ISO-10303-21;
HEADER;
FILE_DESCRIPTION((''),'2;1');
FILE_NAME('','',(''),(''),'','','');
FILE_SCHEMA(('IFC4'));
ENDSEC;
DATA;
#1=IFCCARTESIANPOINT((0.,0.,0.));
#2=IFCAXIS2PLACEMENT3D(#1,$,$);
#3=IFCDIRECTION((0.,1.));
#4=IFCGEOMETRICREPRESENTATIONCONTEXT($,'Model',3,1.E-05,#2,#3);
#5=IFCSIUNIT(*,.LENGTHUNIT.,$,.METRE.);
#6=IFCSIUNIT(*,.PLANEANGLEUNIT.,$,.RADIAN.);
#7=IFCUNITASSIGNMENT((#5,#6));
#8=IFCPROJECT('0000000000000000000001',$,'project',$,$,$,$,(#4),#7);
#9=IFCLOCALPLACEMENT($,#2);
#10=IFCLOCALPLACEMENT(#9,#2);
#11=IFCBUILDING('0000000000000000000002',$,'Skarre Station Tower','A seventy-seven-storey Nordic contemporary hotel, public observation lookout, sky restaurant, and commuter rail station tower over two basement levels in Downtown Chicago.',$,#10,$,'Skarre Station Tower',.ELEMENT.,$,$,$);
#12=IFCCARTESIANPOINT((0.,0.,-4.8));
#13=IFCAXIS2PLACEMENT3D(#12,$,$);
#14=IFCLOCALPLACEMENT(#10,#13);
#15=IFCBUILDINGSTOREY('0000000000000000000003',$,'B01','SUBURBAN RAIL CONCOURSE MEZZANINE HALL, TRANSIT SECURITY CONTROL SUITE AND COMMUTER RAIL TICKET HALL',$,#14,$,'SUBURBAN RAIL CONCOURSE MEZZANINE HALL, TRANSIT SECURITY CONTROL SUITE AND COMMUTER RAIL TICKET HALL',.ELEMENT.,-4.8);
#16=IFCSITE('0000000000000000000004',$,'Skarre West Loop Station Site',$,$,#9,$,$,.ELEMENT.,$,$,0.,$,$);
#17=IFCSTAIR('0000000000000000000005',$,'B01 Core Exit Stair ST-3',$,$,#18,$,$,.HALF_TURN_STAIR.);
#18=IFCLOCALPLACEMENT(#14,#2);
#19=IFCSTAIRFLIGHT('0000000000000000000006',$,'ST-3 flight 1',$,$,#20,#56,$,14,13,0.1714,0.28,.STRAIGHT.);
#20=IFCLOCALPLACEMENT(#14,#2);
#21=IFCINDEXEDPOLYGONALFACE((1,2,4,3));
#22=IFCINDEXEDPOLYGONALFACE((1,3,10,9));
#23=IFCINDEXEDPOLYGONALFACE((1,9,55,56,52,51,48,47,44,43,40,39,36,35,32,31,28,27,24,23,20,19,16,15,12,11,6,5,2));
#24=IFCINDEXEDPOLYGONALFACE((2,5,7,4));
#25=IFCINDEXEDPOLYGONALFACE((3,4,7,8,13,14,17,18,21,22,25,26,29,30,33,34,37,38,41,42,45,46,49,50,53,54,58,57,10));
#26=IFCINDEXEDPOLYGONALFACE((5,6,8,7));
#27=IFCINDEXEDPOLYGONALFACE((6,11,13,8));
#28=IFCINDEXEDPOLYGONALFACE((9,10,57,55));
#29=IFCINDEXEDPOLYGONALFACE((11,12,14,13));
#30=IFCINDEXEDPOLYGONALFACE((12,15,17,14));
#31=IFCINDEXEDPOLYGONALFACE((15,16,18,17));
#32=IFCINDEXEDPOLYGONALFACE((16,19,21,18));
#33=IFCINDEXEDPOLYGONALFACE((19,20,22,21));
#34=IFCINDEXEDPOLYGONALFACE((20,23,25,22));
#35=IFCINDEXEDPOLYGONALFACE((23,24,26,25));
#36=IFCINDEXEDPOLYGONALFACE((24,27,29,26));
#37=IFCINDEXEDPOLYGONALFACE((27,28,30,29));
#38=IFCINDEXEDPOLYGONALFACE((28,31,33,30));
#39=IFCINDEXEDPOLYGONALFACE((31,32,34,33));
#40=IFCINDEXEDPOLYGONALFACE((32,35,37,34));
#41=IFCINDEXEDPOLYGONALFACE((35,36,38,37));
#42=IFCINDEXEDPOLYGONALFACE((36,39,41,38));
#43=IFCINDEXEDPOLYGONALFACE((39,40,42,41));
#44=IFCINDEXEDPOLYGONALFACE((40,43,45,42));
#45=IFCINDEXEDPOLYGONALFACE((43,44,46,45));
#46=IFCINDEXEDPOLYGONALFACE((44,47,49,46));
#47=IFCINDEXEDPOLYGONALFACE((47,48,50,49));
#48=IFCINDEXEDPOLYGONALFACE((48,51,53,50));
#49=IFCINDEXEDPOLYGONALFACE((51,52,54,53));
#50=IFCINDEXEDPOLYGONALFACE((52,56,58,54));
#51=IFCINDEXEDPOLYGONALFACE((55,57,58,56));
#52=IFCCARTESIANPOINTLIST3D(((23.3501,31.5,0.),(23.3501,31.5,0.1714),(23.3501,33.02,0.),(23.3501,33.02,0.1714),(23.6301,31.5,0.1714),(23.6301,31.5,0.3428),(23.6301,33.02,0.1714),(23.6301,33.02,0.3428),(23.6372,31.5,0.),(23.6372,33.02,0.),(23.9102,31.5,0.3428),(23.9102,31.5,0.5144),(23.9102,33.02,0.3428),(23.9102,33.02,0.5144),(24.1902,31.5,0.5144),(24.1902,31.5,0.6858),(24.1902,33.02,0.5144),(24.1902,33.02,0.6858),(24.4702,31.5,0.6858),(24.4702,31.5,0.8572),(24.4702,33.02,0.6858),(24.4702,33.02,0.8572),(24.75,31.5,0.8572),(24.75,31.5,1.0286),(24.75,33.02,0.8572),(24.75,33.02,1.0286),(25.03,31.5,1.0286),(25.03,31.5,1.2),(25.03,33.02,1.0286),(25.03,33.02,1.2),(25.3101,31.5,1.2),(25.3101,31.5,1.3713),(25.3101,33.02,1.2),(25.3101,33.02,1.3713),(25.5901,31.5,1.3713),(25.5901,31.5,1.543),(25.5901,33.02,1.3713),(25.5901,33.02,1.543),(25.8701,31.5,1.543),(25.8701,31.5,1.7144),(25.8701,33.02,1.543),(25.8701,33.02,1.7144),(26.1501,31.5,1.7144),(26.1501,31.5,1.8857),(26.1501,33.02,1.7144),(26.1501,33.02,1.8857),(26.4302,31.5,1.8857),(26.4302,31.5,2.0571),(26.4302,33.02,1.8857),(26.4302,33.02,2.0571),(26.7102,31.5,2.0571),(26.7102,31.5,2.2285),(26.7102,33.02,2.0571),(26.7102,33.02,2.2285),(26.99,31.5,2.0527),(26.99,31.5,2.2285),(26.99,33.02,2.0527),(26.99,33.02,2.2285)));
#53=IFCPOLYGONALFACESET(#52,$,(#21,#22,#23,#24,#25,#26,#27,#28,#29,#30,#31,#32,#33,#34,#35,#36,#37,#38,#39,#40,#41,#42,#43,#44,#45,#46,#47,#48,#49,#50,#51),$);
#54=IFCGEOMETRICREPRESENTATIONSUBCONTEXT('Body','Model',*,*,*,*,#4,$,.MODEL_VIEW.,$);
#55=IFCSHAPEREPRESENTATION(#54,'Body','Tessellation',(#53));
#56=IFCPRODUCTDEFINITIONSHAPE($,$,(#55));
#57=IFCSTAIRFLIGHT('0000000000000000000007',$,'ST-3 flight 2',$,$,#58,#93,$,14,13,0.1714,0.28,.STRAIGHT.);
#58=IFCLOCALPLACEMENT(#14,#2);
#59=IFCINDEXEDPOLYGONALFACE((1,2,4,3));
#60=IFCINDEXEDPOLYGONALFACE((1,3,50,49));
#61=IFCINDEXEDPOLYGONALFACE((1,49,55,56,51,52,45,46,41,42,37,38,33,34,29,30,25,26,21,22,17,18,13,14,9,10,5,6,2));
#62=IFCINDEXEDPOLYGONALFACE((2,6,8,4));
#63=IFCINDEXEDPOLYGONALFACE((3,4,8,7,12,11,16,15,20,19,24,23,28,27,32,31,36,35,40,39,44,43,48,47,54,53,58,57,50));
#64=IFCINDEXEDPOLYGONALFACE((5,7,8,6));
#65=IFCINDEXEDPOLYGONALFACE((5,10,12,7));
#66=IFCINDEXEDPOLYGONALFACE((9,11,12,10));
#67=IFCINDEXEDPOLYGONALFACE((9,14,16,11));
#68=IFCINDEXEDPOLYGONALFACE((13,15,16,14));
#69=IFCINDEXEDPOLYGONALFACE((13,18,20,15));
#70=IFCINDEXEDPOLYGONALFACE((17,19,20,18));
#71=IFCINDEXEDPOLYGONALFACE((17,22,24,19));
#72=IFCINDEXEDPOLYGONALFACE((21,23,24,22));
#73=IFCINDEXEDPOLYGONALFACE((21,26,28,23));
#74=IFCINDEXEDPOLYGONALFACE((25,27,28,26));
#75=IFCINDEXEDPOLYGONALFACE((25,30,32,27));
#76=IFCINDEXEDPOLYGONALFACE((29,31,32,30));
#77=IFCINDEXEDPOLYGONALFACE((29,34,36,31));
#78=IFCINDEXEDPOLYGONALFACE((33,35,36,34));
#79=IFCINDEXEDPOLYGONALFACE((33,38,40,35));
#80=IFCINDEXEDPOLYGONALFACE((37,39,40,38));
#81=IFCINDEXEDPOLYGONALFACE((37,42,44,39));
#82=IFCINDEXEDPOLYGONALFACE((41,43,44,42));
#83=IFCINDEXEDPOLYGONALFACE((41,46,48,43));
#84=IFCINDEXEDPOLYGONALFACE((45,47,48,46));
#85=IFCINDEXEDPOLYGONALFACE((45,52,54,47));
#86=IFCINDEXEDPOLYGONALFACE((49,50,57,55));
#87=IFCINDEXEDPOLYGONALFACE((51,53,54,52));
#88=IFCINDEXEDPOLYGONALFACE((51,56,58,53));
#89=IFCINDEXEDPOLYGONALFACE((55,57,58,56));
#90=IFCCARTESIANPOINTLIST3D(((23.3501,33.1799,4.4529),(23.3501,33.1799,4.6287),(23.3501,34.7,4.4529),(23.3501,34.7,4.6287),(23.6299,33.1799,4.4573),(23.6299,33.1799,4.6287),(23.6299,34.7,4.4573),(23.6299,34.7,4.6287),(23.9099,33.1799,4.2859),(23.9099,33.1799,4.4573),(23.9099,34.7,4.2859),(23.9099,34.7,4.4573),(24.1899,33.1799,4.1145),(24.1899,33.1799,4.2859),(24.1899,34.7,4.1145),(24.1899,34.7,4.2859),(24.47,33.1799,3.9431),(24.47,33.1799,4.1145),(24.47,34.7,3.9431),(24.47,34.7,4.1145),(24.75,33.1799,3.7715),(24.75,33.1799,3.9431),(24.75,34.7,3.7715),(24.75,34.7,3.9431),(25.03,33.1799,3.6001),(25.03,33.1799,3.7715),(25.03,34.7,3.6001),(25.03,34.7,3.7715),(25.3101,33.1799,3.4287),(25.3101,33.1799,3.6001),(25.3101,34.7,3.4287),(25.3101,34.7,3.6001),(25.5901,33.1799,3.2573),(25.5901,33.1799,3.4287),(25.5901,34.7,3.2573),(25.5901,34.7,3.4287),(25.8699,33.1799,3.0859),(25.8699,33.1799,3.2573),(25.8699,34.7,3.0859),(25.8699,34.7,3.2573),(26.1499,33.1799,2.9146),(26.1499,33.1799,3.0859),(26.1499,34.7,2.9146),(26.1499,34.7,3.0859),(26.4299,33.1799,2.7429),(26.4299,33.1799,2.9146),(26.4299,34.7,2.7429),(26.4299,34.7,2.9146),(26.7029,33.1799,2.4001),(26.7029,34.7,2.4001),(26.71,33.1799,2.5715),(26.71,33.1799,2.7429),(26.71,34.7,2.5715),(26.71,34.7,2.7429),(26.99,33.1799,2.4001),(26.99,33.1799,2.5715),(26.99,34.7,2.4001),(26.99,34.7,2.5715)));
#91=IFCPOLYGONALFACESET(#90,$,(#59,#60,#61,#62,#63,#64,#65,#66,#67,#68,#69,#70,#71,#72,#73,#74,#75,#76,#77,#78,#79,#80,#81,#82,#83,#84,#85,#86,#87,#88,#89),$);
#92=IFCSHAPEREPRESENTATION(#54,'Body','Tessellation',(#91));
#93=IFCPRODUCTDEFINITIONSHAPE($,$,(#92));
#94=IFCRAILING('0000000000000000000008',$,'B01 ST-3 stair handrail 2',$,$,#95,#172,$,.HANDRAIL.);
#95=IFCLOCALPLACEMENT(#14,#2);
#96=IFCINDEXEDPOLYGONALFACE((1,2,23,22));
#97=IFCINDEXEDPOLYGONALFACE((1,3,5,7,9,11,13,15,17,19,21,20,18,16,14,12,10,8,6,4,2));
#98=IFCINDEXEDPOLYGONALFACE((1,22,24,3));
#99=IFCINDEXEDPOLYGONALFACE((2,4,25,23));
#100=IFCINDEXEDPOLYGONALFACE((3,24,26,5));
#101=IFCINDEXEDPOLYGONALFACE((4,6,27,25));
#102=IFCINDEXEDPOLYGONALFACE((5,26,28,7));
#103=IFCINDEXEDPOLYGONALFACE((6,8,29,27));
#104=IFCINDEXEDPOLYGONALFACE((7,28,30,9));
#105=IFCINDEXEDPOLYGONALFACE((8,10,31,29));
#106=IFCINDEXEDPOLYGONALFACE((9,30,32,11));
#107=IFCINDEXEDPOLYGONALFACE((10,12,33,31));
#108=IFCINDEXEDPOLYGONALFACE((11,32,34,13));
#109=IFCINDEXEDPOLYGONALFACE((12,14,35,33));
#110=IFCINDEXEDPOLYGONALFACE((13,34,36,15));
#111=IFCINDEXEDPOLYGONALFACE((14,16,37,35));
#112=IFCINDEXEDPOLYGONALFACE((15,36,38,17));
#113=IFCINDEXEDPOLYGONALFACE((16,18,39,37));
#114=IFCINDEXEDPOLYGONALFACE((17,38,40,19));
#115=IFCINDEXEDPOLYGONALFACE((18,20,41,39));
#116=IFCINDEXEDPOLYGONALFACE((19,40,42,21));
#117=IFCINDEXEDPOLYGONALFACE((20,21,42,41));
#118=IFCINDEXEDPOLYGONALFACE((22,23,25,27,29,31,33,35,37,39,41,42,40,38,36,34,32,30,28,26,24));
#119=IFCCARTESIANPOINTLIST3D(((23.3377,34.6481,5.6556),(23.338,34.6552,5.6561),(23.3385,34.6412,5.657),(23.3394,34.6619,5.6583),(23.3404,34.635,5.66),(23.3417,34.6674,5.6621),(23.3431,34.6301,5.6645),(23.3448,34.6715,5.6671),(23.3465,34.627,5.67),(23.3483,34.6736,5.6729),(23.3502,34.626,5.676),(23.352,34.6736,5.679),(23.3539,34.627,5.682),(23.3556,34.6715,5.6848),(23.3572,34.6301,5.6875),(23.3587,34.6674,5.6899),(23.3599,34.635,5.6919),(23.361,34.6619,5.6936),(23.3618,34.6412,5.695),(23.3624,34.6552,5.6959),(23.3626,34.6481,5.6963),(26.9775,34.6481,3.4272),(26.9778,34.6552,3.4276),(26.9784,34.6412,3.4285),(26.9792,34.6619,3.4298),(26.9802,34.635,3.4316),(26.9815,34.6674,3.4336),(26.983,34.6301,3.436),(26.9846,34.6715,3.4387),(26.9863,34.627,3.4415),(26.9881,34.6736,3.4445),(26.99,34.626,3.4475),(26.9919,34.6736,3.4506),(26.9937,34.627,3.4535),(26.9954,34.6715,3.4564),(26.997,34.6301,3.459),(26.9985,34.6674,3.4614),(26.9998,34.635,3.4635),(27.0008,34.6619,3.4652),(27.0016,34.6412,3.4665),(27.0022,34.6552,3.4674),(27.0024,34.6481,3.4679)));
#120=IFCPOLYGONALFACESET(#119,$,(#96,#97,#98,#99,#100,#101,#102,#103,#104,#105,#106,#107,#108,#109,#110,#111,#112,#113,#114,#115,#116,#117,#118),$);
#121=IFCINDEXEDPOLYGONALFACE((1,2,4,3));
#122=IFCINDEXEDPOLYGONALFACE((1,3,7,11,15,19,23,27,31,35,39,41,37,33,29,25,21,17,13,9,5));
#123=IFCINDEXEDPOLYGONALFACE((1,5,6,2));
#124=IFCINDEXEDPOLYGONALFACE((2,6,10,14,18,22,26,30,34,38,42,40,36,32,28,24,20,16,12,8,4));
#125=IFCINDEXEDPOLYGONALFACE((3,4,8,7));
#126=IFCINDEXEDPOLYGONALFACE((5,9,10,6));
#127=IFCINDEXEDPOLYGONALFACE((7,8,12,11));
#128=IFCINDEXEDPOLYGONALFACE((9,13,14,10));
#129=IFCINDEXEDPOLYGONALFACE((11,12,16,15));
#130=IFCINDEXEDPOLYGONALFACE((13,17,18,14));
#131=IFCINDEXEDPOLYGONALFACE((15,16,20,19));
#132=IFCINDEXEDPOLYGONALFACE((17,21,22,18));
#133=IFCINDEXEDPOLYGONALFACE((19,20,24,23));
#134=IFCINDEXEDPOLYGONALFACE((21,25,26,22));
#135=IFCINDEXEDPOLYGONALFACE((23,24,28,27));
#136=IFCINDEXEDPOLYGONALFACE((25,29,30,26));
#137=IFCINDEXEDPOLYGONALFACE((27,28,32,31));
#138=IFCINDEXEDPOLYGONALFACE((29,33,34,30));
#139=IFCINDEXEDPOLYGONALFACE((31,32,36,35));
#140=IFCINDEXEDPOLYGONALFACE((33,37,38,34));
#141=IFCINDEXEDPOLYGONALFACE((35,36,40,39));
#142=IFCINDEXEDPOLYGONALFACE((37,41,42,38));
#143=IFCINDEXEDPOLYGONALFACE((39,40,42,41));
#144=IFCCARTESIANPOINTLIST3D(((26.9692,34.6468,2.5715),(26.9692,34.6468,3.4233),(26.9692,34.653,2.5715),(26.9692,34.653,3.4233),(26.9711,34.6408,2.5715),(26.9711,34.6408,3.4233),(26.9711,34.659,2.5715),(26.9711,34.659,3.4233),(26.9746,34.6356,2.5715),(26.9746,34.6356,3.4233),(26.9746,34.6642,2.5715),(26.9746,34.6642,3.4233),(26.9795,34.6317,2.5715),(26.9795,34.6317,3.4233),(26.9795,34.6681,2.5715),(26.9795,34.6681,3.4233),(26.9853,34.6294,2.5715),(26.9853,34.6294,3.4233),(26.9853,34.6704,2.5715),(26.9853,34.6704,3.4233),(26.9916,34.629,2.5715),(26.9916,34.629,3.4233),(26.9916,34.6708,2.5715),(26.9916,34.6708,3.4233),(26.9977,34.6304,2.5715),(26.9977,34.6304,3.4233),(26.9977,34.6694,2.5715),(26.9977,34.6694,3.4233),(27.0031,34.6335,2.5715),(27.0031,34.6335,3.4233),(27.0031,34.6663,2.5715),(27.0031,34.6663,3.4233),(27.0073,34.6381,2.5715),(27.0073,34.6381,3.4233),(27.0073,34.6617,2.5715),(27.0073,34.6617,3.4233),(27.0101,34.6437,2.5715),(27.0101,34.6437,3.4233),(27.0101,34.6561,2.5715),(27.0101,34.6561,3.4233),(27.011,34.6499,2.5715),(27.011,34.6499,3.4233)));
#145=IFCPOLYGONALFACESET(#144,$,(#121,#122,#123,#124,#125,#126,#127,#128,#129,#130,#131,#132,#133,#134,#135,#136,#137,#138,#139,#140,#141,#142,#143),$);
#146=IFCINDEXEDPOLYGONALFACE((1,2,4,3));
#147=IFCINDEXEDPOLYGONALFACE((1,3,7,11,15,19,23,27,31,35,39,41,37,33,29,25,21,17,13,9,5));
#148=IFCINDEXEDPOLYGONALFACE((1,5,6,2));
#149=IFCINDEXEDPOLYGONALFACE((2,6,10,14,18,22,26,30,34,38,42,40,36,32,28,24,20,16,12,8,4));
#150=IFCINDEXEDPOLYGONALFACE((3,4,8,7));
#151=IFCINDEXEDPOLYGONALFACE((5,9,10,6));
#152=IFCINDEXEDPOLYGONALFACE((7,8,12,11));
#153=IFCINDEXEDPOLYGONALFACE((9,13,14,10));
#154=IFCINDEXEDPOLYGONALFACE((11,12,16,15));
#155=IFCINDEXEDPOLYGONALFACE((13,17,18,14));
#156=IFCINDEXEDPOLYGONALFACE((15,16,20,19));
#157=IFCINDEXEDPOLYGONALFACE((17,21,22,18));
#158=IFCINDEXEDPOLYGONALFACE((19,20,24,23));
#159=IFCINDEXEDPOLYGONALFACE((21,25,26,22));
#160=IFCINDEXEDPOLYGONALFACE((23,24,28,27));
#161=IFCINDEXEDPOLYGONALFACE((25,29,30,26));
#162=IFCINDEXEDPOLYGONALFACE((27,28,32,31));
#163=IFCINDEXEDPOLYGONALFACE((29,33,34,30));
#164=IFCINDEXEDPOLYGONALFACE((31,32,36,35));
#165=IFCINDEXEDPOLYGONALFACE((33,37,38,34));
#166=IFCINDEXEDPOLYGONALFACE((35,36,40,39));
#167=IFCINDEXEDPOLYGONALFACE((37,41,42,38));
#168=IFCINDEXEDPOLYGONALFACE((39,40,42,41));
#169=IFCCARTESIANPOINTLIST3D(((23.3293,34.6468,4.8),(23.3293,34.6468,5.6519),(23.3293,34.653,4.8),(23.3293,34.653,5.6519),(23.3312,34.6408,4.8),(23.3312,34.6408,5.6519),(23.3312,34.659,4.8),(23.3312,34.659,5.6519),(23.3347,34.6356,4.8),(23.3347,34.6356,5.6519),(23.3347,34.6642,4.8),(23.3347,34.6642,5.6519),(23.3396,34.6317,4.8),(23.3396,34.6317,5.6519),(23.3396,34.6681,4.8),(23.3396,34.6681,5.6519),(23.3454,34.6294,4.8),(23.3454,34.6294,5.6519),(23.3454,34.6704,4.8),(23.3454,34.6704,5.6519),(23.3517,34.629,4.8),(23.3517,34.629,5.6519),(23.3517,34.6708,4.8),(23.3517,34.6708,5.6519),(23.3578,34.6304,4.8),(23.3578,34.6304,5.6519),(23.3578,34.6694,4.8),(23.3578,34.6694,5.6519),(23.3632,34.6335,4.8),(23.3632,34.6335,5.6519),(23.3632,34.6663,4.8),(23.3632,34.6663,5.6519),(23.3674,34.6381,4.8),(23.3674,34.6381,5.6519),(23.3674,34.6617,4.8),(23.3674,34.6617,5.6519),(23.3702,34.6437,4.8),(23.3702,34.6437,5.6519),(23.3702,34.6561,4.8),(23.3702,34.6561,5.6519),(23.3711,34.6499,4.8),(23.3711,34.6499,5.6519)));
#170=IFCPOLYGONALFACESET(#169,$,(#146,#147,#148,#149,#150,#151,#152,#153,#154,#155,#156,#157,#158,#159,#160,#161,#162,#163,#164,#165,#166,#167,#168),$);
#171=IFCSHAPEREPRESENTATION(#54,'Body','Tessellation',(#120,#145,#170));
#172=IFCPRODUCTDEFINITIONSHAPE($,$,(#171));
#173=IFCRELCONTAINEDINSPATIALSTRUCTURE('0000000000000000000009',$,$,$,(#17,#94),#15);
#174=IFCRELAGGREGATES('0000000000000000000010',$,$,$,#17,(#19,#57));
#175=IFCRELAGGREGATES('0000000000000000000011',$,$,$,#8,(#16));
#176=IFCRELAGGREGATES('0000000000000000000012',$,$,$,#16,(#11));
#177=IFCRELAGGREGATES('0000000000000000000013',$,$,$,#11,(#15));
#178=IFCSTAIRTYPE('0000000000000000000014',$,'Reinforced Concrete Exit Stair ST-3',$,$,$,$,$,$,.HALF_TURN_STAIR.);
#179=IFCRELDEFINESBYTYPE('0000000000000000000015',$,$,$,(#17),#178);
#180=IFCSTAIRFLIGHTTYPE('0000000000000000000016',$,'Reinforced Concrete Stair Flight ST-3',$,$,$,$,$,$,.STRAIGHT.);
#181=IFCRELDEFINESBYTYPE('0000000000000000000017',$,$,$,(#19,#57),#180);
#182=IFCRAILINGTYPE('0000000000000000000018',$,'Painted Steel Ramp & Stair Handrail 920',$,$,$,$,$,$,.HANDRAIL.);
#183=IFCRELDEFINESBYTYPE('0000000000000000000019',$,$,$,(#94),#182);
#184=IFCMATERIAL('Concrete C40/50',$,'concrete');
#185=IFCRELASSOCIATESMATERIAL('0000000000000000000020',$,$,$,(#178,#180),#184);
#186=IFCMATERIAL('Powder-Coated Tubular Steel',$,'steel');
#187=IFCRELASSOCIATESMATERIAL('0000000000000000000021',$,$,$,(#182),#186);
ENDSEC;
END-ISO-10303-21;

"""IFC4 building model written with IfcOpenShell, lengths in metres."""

from ifc_helpers import new_model, si_unit, direction, frame, origin, origin_2d, place, context, subcontext, project, spatial, polyline, circle, outline, extrude, material, type_object, element, aggregate, save


model = new_model("IFC4")

# Units and contexts
model_context = context("Model", 3, precision=1e-05, world=origin(), true_north=direction((0.0, 1.0)))
body_context = subcontext(model_context, "Body", "Model", "MODEL_VIEW")
ifc_project = project(units=[si_unit("LENGTHUNIT", "METRE"), si_unit("PLANEANGLEUNIT", "RADIAN")], contexts=[model_context])

# Site, building, storey
site_placement = place(None, origin())
site = spatial("IfcSite", under=ifc_project, at=site_placement, Name="Skarre West Loop Station Site", CompositionType="ELEMENT", RefElevation=0.0)
building_placement = place(site_placement, origin())
building = spatial("IfcBuilding", under=site, at=building_placement, Name="Skarre Station Tower", Description="A seventy-seven-storey Nordic contemporary hotel, public observation lookout, sky restaurant, and commuter rail station tower over two basement levels in Downtown Chicago.", LongName="Skarre Station Tower", CompositionType="ELEMENT")
storey_placement = place(building_placement, frame((0.0, 0.0, -4.8)))
storey = spatial("IfcBuildingStorey", under=building, at=storey_placement, Name="B01", Description="SUBURBAN RAIL CONCOURSE MEZZANINE HALL, TRANSIT SECURITY CONTROL SUITE AND COMMUTER RAIL TICKET HALL", LongName="SUBURBAN RAIL CONCOURSE MEZZANINE HALL, TRANSIT SECURITY CONTROL SUITE AND COMMUTER RAIL TICKET HALL", CompositionType="ELEMENT", Elevation=-4.8)

# Stair, stair flights
ifc_material_1 = material(Name="Concrete C40/50", Category="concrete")
stair_type = type_object("IfcStairType", Name="Reinforced Concrete Exit Stair ST-3", PredefinedType="HALF_TURN_STAIR", material=ifc_material_1)
stair_placement = place(storey_placement, origin())
stair = element("IfcStair", 1, at=stair_placement, inside=storey, type_object=stair_type, Name="B01 Core Exit Stair ST-3", PredefinedType="HALF_TURN_STAIR")
stair_flight_type = type_object("IfcStairFlightType", Name="Reinforced Concrete Stair Flight ST-3", PredefinedType="STRAIGHT", material=ifc_material_1)
stair_flight_1_placement = place(storey_placement, frame((23.3501, 32.26, 0.0), z_axis=(0.0, 0.0, 1.0), x_axis=(1.0, 0.0, 0.0)))
stair_flight_1 = element("IfcStairFlight", 2, at=stair_flight_1_placement, type_object=stair_flight_type, Name="ST-3 flight 1", NumberOfRisers=14, NumberOfTreads=13, PredefinedType="STRAIGHT", RiserHeight=0.1714, TreadLength=0.28, context=body_context, shape_type="SweptSolid", body=[
    extrude(outline(polyline([(0.0, 0.0), (0.0, 0.1714), (0.28, 0.1714), (0.28, 0.3428), (0.5601, 0.3428), (0.5601, 0.5144), (0.8401, 0.5144), (0.8401, 0.6858), (1.1201, 0.6858), (1.1201, 0.8572), (1.3999, 0.8572), (1.3999, 1.0286), (1.6799, 1.0286), (1.6799, 1.2), (1.96, 1.2), (1.96, 1.3713), (2.24, 1.3713), (2.24, 1.543), (2.52, 1.543), (2.52, 1.7144), (2.8, 1.7144), (2.8, 1.8857), (3.0801, 1.8857), (3.0801, 2.0571), (3.3601, 2.0571), (3.3601, 2.2285), (3.6399, 2.2285), (3.6399, 2.3999), (3.6399, 2.0527), (0.2871, 0.0), (0.0, 0.0)])), frame((0.0, 0.76, 0.0), z_axis=(0.0, -1.0, 0.0), x_axis=(1.0, 0.0, 0.0)), (0.0, 0.0, 1.0), 1.52),
])
stair_flight_2_placement = place(storey_placement, frame((26.99, 33.9399, 2.4001), z_axis=(0.0, 0.0, 1.0), x_axis=(-1.0, 0.0, 0.0)))
stair_flight_2 = element("IfcStairFlight", 3, at=stair_flight_2_placement, type_object=stair_flight_type, Name="ST-3 flight 2", NumberOfRisers=14, NumberOfTreads=13, PredefinedType="STRAIGHT", RiserHeight=0.1714, TreadLength=0.28, context=body_context, shape_type="SweptSolid", body=[
    extrude(outline(polyline([(0.0, 0.0), (0.0, 0.1714), (0.28, 0.1714), (0.28, 0.3428), (0.5601, 0.3428), (0.5601, 0.5144), (0.8401, 0.5144), (0.8401, 0.6858), (1.1201, 0.6858), (1.1201, 0.8572), (1.3999, 0.8572), (1.3999, 1.0286), (1.6799, 1.0286), (1.6799, 1.2), (1.96, 1.2), (1.96, 1.3713), (2.24, 1.3713), (2.24, 1.543), (2.52, 1.543), (2.52, 1.7144), (2.8, 1.7144), (2.8, 1.8857), (3.0801, 1.8857), (3.0801, 2.0571), (3.3601, 2.0571), (3.3601, 2.2285), (3.6399, 2.2285), (3.6399, 2.3999), (3.6399, 2.0527), (0.2871, 0.0), (0.0, 0.0)])), frame((0.0, 0.76, 0.0), z_axis=(0.0, -1.0, 0.0), x_axis=(1.0, 0.0, 0.0)), (0.0, 0.0, 1.0), 1.52),
])
aggregate(stair, [stair_flight_1, stair_flight_2])

# Railing
ifc_material_2 = material(Name="Powder-Coated Tubular Steel", Category="steel")
railing_type_1 = type_object("IfcRailingType", Name="Painted Steel Ramp & Stair Handrail 920", PredefinedType="HANDRAIL", material=ifc_material_2)
railing_1_placement = place(storey_placement, frame((26.99, 34.6499, 2.5715)))
element("IfcRailing", 4, at=railing_1_placement, inside=storey, type_object=railing_type_1, Name="B01 ST-3 stair handrail 2", PredefinedType="HANDRAIL", context=body_context, shape_type="SweptSolid", body=[
    extrude(circle(Radius=0.0239, at=origin_2d()), frame((0.0, 0.0, 0.876), z_axis=(-0.85285, 0.0, 0.522156), x_axis=(0.0, -1.0, 0.0)), (0.0, 0.0, 1.0), 4.2678),
    extrude(circle(Radius=0.021, at=origin_2d()), origin(), (0.0, 0.0, 1.0), 0.8518),
    extrude(circle(Radius=0.021, at=origin_2d()), frame((-3.6399, 0.0, 2.2285)), (0.0, 0.0, 1.0), 0.8518),
])

save(model, "model.ifc")
